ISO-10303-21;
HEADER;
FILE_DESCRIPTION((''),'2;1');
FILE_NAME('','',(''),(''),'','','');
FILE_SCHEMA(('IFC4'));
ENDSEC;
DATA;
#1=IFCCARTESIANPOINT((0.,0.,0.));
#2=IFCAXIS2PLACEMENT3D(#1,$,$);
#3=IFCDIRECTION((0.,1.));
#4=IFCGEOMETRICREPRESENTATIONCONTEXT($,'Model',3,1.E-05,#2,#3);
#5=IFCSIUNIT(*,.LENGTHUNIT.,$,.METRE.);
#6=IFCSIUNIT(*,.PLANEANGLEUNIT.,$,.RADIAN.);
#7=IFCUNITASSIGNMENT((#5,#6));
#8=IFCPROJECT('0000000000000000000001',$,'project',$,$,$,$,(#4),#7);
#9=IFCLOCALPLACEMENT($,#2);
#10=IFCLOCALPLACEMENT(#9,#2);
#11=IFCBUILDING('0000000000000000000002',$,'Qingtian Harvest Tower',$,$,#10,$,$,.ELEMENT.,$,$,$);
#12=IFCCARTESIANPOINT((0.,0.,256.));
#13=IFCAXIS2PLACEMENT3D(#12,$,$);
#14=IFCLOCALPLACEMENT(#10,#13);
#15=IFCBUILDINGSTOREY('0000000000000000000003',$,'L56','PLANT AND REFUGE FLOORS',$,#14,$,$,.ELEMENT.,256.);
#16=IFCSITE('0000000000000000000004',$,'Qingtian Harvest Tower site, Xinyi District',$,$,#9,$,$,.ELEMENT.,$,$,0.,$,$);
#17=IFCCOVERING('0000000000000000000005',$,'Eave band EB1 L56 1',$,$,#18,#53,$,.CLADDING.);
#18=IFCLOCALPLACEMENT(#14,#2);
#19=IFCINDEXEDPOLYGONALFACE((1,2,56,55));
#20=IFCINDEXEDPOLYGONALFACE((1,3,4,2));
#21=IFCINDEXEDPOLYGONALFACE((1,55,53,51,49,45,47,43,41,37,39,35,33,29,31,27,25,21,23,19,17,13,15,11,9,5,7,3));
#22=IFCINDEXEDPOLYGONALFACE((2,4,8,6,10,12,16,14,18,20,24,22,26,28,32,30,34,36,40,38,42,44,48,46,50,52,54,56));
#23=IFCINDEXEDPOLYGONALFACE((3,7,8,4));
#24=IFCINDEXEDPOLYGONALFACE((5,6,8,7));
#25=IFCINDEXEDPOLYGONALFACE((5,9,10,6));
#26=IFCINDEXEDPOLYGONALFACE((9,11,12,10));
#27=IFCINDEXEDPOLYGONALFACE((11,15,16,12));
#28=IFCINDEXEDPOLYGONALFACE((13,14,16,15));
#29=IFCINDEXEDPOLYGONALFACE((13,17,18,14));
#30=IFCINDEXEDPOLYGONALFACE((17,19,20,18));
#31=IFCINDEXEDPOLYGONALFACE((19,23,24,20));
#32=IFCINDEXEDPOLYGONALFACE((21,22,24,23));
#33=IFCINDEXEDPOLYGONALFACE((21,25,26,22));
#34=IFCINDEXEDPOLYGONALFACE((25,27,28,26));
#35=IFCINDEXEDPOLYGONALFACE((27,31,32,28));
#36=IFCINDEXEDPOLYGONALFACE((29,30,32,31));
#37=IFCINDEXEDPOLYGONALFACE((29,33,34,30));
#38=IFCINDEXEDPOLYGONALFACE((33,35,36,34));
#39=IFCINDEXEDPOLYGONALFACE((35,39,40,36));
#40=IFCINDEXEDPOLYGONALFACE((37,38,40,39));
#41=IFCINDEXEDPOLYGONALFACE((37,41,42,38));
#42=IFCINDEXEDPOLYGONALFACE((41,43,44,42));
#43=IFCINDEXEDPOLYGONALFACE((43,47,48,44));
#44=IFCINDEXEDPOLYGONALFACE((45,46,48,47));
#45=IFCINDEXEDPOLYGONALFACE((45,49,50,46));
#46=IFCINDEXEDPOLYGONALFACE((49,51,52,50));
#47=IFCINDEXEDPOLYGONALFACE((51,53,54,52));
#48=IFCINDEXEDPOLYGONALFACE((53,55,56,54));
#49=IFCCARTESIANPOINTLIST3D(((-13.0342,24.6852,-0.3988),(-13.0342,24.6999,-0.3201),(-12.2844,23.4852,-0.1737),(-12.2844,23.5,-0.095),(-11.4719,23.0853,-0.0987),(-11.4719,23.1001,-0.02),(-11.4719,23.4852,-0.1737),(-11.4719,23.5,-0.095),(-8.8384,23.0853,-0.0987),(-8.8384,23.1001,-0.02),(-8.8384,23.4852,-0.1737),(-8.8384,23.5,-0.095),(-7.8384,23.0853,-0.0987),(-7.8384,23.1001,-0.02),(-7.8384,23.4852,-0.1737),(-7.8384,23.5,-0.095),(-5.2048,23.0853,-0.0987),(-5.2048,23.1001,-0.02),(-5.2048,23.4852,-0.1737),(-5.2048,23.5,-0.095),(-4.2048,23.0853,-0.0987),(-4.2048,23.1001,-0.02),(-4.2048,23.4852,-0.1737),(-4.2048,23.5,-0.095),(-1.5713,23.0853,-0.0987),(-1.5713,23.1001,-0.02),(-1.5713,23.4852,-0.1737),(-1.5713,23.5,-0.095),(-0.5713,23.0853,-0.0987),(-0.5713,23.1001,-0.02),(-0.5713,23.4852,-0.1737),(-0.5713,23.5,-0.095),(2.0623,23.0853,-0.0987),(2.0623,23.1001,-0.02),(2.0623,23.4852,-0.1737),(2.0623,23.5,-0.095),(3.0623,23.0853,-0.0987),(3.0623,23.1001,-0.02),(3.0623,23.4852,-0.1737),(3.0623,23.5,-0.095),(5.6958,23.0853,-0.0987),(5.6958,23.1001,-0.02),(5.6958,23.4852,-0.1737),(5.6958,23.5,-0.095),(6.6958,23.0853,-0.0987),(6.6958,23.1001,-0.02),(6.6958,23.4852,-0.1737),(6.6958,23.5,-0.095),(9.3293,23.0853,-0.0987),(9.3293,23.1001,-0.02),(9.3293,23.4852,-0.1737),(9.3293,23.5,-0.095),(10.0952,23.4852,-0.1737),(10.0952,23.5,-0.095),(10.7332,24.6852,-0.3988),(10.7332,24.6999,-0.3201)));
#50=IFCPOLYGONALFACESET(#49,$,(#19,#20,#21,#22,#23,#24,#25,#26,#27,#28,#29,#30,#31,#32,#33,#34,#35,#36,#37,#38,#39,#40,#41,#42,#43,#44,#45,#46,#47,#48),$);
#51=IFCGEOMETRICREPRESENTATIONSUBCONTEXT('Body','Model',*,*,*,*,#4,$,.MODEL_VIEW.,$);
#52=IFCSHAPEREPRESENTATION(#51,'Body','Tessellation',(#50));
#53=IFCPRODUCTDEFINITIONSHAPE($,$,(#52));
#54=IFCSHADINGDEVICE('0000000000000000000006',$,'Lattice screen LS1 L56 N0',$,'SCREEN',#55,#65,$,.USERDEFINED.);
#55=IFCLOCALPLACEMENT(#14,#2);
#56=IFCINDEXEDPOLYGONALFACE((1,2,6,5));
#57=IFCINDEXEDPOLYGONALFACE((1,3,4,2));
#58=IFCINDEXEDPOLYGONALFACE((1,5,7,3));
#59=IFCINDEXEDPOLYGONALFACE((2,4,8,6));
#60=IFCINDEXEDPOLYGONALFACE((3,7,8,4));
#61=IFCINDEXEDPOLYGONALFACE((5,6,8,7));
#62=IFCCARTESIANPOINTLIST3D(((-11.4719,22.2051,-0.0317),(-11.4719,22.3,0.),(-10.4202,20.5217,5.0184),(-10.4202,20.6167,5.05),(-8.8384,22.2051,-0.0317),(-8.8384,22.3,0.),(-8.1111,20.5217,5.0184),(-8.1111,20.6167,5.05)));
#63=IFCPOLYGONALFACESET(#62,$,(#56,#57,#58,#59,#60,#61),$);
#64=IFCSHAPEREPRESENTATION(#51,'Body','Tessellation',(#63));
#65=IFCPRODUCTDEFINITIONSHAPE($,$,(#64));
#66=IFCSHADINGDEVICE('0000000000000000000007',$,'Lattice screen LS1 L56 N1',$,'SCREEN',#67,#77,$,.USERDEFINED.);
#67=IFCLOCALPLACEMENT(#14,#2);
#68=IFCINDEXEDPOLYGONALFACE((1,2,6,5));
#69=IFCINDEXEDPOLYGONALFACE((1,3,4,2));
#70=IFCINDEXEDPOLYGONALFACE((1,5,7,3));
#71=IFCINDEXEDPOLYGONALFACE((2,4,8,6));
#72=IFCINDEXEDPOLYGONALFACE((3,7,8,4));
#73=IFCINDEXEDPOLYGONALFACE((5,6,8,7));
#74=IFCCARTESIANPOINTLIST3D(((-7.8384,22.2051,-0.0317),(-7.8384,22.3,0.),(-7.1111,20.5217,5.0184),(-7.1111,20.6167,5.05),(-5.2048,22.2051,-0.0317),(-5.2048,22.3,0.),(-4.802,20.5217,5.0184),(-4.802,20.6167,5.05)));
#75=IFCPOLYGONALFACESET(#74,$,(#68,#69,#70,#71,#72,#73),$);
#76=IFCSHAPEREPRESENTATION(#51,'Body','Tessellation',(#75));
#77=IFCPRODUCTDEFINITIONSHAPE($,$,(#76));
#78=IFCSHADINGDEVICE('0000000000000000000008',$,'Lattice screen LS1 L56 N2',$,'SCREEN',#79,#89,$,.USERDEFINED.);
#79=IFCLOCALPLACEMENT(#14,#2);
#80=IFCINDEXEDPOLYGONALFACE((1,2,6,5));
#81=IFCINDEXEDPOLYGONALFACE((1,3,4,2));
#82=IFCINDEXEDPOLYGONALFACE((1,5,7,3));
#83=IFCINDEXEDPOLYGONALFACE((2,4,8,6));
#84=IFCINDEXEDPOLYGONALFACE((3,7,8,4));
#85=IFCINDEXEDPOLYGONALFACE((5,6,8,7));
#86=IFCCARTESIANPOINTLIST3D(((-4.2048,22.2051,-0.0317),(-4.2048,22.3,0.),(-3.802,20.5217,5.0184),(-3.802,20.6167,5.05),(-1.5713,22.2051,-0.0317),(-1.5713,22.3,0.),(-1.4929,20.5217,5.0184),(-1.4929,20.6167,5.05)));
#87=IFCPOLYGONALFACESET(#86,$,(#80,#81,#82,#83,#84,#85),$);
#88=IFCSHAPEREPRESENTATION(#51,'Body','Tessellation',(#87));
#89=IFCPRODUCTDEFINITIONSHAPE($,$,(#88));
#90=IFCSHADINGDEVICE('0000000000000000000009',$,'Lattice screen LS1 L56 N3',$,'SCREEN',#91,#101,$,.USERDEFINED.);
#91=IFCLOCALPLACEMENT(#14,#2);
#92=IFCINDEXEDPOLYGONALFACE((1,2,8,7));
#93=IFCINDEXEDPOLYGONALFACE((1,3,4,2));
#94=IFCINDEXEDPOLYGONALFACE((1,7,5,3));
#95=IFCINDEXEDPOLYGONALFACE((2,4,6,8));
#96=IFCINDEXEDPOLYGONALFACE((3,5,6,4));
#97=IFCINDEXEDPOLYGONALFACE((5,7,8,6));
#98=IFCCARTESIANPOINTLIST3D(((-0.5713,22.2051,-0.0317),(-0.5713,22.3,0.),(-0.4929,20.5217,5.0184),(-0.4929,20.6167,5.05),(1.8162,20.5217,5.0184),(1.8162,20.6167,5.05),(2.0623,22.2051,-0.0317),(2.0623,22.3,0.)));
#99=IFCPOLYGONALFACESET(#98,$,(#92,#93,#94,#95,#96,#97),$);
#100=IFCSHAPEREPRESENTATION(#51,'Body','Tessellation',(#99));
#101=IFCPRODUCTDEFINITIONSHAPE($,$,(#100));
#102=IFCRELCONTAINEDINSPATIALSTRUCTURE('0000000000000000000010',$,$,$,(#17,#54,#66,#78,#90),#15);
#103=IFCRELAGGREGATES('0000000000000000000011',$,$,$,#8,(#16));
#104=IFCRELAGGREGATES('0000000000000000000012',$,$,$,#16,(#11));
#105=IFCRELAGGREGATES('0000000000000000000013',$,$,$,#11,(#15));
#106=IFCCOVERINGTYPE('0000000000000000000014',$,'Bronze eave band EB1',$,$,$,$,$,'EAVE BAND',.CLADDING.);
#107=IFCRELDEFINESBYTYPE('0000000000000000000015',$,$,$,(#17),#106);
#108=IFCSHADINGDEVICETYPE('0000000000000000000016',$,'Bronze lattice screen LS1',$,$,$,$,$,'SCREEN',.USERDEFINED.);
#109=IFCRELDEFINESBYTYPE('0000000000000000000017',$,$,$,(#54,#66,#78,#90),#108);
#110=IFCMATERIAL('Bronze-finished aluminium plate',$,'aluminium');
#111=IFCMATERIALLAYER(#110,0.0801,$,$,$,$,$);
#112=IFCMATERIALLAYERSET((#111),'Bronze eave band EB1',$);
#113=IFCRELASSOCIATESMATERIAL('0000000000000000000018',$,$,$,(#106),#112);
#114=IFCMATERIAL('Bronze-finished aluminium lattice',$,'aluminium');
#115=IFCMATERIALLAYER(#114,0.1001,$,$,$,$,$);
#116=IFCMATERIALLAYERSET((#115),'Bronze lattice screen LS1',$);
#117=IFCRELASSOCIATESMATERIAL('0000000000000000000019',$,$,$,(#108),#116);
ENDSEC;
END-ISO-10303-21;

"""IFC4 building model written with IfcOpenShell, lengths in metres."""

from ifc_helpers import new_model, si_unit, direction, frame, origin, place, context, subcontext, project, spatial, polyline, outline, extrude, material, layer, layer_set, type_object, element, save


model = new_model("IFC4")

# Units and contexts
model_context = context("Model", 3, precision=1e-05, world=origin(), true_north=direction((0.0, 1.0)))
body_context = subcontext(model_context, "Body", "Model", "MODEL_VIEW")
ifc_project = project(units=[si_unit("LENGTHUNIT", "METRE"), si_unit("PLANEANGLEUNIT", "RADIAN")], contexts=[model_context])

# Site, building, storey
site_placement = place(None, origin())
site = spatial("IfcSite", under=ifc_project, at=site_placement, Name="Qingtian Harvest Tower site, Xinyi District", CompositionType="ELEMENT", RefElevation=0.0)
building_placement = place(site_placement, origin())
building = spatial("IfcBuilding", under=site, at=building_placement, Name="Qingtian Harvest Tower", CompositionType="ELEMENT")
storey_placement = place(building_placement, frame((0.0, 0.0, 256.0)))
storey = spatial("IfcBuildingStorey", under=building, at=storey_placement, Name="L56", Description="PLANT AND REFUGE FLOORS", CompositionType="ELEMENT", Elevation=256.0)

# Covering
ifc_material_1 = material(Name="Bronze-finished aluminium plate", Category="aluminium")
ifc_layer_1 = layer(ifc_material_1, 0.0801)
ifc_layer_set_1 = layer_set([ifc_layer_1], Name="Bronze eave band EB1")
covering_type = type_object("IfcCoveringType", Name="Bronze eave band EB1", ElementType="EAVE BAND", PredefinedType="CLADDING", material=ifc_layer_set_1)
covering_placement = place(storey_placement, frame((-11.4719, 23.1001, -0.02), z_axis=(0.0, 0.184344, 0.982862), x_axis=(0.0, 0.982862, -0.184344)))
element("IfcCovering", 1, at=covering_placement, inside=storey, type_object=covering_type, Name="Eave band EB1 L56 1", PredefinedType="CLADDING", context=body_context, shape_type="SweptSolid", body=[
    extrude(outline(polyline([(0.0, 0.0), (0.4069, 0.0), (0.4069, 0.8125), (1.6277, 1.5623), (1.6277, -22.2051), (0.4069, -21.5671), (0.4069, -20.8013), (0.0, -20.8013), (0.0, -18.1677), (0.4069, -18.1677), (0.4069, -17.1677), (0.0, -17.1677), (0.0, -14.5342), (0.4069, -14.5342), (0.4069, -13.5342), (0.0, -13.5342), (0.0, -10.9006), (0.4069, -10.9006), (0.4069, -9.9006), (0.0, -9.9006), (0.0, -7.2671), (0.4069, -7.2671), (0.4069, -6.2671), (0.0, -6.2671), (0.0, -3.6335), (0.4069, -3.6335), (0.4069, -2.6335), (0.0, -2.6335), (0.0, 0.0)])), origin(), (0.0, 0.0, -1.0), 0.0801),
])

# Shading devices
ifc_material_2 = material(Name="Bronze-finished aluminium lattice", Category="aluminium")
ifc_layer_2 = layer(ifc_material_2, 0.1001)
ifc_layer_set_2 = layer_set([ifc_layer_2], Name="Bronze lattice screen LS1")
shading_device_type = type_object("IfcShadingDeviceType", Name="Bronze lattice screen LS1", ElementType="SCREEN", PredefinedType="USERDEFINED", material=ifc_layer_set_2)
shading_device_1_placement = place(storey_placement, frame((-11.4719, 22.3, 0.0), z_axis=(0.0, 0.948683, 0.316228), x_axis=(1.0, 0.0, 0.0)))
element("IfcShadingDevice", 2, at=shading_device_1_placement, inside=storey, type_object=shading_device_type, Name="Lattice screen LS1 L56 N0", ObjectType="SCREEN", PredefinedType="USERDEFINED", context=body_context, shape_type="SweptSolid", body=[
    extrude(outline(polyline([(0.0, 0.0), (2.6335, 0.0), (3.3608, -5.3232), (1.0518, -5.3232), (0.0, 0.0)])), origin(), (0.0, 0.0, -1.0), 0.1001),
])
shading_device_2_placement = place(storey_placement, frame((-7.8384, 22.3, 0.0), z_axis=(0.0, 0.948683, 0.316228), x_axis=(1.0, 0.0, 0.0)))
element("IfcShadingDevice", 3, at=shading_device_2_placement, inside=storey, type_object=shading_device_type, Name="Lattice screen LS1 L56 N1", ObjectType="SCREEN", PredefinedType="USERDEFINED", context=body_context, shape_type="SweptSolid", body=[
    extrude(outline(polyline([(0.0, 0.0), (2.6335, 0.0), (3.0364, -5.3232), (0.7273, -5.3232), (0.0, 0.0)])), origin(), (0.0, 0.0, -1.0), 0.1001),
])
shading_device_3_placement = place(storey_placement, frame((-4.2048, 22.3, 0.0), z_axis=(0.0, 0.948683, 0.316228), x_axis=(1.0, 0.0, 0.0)))
element("IfcShadingDevice", 4, at=shading_device_3_placement, inside=storey, type_object=shading_device_type, Name="Lattice screen LS1 L56 N2", ObjectType="SCREEN", PredefinedType="USERDEFINED", context=body_context, shape_type="SweptSolid", body=[
    extrude(outline(polyline([(0.0, 0.0), (2.6335, 0.0), (2.7119, -5.3232), (0.4028, -5.3232), (0.0, 0.0)])), origin(), (0.0, 0.0, -1.0), 0.1001),
])
shading_device_4_placement = place(storey_placement, frame((-0.5713, 22.3, 0.0), z_axis=(0.0, 0.948683, 0.316228), x_axis=(1.0, 0.0, 0.0)))
element("IfcShadingDevice", 5, at=shading_device_4_placement, inside=storey, type_object=shading_device_type, Name="Lattice screen LS1 L56 N3", ObjectType="SCREEN", PredefinedType="USERDEFINED", context=body_context, shape_type="SweptSolid", body=[
    extrude(outline(polyline([(0.0, 0.0), (2.6335, 0.0), (2.3875, -5.3232), (0.0784, -5.3232), (0.0, 0.0)])), origin(), (0.0, 0.0, -1.0), 0.1001),
])

save(model, "model.ifc")
